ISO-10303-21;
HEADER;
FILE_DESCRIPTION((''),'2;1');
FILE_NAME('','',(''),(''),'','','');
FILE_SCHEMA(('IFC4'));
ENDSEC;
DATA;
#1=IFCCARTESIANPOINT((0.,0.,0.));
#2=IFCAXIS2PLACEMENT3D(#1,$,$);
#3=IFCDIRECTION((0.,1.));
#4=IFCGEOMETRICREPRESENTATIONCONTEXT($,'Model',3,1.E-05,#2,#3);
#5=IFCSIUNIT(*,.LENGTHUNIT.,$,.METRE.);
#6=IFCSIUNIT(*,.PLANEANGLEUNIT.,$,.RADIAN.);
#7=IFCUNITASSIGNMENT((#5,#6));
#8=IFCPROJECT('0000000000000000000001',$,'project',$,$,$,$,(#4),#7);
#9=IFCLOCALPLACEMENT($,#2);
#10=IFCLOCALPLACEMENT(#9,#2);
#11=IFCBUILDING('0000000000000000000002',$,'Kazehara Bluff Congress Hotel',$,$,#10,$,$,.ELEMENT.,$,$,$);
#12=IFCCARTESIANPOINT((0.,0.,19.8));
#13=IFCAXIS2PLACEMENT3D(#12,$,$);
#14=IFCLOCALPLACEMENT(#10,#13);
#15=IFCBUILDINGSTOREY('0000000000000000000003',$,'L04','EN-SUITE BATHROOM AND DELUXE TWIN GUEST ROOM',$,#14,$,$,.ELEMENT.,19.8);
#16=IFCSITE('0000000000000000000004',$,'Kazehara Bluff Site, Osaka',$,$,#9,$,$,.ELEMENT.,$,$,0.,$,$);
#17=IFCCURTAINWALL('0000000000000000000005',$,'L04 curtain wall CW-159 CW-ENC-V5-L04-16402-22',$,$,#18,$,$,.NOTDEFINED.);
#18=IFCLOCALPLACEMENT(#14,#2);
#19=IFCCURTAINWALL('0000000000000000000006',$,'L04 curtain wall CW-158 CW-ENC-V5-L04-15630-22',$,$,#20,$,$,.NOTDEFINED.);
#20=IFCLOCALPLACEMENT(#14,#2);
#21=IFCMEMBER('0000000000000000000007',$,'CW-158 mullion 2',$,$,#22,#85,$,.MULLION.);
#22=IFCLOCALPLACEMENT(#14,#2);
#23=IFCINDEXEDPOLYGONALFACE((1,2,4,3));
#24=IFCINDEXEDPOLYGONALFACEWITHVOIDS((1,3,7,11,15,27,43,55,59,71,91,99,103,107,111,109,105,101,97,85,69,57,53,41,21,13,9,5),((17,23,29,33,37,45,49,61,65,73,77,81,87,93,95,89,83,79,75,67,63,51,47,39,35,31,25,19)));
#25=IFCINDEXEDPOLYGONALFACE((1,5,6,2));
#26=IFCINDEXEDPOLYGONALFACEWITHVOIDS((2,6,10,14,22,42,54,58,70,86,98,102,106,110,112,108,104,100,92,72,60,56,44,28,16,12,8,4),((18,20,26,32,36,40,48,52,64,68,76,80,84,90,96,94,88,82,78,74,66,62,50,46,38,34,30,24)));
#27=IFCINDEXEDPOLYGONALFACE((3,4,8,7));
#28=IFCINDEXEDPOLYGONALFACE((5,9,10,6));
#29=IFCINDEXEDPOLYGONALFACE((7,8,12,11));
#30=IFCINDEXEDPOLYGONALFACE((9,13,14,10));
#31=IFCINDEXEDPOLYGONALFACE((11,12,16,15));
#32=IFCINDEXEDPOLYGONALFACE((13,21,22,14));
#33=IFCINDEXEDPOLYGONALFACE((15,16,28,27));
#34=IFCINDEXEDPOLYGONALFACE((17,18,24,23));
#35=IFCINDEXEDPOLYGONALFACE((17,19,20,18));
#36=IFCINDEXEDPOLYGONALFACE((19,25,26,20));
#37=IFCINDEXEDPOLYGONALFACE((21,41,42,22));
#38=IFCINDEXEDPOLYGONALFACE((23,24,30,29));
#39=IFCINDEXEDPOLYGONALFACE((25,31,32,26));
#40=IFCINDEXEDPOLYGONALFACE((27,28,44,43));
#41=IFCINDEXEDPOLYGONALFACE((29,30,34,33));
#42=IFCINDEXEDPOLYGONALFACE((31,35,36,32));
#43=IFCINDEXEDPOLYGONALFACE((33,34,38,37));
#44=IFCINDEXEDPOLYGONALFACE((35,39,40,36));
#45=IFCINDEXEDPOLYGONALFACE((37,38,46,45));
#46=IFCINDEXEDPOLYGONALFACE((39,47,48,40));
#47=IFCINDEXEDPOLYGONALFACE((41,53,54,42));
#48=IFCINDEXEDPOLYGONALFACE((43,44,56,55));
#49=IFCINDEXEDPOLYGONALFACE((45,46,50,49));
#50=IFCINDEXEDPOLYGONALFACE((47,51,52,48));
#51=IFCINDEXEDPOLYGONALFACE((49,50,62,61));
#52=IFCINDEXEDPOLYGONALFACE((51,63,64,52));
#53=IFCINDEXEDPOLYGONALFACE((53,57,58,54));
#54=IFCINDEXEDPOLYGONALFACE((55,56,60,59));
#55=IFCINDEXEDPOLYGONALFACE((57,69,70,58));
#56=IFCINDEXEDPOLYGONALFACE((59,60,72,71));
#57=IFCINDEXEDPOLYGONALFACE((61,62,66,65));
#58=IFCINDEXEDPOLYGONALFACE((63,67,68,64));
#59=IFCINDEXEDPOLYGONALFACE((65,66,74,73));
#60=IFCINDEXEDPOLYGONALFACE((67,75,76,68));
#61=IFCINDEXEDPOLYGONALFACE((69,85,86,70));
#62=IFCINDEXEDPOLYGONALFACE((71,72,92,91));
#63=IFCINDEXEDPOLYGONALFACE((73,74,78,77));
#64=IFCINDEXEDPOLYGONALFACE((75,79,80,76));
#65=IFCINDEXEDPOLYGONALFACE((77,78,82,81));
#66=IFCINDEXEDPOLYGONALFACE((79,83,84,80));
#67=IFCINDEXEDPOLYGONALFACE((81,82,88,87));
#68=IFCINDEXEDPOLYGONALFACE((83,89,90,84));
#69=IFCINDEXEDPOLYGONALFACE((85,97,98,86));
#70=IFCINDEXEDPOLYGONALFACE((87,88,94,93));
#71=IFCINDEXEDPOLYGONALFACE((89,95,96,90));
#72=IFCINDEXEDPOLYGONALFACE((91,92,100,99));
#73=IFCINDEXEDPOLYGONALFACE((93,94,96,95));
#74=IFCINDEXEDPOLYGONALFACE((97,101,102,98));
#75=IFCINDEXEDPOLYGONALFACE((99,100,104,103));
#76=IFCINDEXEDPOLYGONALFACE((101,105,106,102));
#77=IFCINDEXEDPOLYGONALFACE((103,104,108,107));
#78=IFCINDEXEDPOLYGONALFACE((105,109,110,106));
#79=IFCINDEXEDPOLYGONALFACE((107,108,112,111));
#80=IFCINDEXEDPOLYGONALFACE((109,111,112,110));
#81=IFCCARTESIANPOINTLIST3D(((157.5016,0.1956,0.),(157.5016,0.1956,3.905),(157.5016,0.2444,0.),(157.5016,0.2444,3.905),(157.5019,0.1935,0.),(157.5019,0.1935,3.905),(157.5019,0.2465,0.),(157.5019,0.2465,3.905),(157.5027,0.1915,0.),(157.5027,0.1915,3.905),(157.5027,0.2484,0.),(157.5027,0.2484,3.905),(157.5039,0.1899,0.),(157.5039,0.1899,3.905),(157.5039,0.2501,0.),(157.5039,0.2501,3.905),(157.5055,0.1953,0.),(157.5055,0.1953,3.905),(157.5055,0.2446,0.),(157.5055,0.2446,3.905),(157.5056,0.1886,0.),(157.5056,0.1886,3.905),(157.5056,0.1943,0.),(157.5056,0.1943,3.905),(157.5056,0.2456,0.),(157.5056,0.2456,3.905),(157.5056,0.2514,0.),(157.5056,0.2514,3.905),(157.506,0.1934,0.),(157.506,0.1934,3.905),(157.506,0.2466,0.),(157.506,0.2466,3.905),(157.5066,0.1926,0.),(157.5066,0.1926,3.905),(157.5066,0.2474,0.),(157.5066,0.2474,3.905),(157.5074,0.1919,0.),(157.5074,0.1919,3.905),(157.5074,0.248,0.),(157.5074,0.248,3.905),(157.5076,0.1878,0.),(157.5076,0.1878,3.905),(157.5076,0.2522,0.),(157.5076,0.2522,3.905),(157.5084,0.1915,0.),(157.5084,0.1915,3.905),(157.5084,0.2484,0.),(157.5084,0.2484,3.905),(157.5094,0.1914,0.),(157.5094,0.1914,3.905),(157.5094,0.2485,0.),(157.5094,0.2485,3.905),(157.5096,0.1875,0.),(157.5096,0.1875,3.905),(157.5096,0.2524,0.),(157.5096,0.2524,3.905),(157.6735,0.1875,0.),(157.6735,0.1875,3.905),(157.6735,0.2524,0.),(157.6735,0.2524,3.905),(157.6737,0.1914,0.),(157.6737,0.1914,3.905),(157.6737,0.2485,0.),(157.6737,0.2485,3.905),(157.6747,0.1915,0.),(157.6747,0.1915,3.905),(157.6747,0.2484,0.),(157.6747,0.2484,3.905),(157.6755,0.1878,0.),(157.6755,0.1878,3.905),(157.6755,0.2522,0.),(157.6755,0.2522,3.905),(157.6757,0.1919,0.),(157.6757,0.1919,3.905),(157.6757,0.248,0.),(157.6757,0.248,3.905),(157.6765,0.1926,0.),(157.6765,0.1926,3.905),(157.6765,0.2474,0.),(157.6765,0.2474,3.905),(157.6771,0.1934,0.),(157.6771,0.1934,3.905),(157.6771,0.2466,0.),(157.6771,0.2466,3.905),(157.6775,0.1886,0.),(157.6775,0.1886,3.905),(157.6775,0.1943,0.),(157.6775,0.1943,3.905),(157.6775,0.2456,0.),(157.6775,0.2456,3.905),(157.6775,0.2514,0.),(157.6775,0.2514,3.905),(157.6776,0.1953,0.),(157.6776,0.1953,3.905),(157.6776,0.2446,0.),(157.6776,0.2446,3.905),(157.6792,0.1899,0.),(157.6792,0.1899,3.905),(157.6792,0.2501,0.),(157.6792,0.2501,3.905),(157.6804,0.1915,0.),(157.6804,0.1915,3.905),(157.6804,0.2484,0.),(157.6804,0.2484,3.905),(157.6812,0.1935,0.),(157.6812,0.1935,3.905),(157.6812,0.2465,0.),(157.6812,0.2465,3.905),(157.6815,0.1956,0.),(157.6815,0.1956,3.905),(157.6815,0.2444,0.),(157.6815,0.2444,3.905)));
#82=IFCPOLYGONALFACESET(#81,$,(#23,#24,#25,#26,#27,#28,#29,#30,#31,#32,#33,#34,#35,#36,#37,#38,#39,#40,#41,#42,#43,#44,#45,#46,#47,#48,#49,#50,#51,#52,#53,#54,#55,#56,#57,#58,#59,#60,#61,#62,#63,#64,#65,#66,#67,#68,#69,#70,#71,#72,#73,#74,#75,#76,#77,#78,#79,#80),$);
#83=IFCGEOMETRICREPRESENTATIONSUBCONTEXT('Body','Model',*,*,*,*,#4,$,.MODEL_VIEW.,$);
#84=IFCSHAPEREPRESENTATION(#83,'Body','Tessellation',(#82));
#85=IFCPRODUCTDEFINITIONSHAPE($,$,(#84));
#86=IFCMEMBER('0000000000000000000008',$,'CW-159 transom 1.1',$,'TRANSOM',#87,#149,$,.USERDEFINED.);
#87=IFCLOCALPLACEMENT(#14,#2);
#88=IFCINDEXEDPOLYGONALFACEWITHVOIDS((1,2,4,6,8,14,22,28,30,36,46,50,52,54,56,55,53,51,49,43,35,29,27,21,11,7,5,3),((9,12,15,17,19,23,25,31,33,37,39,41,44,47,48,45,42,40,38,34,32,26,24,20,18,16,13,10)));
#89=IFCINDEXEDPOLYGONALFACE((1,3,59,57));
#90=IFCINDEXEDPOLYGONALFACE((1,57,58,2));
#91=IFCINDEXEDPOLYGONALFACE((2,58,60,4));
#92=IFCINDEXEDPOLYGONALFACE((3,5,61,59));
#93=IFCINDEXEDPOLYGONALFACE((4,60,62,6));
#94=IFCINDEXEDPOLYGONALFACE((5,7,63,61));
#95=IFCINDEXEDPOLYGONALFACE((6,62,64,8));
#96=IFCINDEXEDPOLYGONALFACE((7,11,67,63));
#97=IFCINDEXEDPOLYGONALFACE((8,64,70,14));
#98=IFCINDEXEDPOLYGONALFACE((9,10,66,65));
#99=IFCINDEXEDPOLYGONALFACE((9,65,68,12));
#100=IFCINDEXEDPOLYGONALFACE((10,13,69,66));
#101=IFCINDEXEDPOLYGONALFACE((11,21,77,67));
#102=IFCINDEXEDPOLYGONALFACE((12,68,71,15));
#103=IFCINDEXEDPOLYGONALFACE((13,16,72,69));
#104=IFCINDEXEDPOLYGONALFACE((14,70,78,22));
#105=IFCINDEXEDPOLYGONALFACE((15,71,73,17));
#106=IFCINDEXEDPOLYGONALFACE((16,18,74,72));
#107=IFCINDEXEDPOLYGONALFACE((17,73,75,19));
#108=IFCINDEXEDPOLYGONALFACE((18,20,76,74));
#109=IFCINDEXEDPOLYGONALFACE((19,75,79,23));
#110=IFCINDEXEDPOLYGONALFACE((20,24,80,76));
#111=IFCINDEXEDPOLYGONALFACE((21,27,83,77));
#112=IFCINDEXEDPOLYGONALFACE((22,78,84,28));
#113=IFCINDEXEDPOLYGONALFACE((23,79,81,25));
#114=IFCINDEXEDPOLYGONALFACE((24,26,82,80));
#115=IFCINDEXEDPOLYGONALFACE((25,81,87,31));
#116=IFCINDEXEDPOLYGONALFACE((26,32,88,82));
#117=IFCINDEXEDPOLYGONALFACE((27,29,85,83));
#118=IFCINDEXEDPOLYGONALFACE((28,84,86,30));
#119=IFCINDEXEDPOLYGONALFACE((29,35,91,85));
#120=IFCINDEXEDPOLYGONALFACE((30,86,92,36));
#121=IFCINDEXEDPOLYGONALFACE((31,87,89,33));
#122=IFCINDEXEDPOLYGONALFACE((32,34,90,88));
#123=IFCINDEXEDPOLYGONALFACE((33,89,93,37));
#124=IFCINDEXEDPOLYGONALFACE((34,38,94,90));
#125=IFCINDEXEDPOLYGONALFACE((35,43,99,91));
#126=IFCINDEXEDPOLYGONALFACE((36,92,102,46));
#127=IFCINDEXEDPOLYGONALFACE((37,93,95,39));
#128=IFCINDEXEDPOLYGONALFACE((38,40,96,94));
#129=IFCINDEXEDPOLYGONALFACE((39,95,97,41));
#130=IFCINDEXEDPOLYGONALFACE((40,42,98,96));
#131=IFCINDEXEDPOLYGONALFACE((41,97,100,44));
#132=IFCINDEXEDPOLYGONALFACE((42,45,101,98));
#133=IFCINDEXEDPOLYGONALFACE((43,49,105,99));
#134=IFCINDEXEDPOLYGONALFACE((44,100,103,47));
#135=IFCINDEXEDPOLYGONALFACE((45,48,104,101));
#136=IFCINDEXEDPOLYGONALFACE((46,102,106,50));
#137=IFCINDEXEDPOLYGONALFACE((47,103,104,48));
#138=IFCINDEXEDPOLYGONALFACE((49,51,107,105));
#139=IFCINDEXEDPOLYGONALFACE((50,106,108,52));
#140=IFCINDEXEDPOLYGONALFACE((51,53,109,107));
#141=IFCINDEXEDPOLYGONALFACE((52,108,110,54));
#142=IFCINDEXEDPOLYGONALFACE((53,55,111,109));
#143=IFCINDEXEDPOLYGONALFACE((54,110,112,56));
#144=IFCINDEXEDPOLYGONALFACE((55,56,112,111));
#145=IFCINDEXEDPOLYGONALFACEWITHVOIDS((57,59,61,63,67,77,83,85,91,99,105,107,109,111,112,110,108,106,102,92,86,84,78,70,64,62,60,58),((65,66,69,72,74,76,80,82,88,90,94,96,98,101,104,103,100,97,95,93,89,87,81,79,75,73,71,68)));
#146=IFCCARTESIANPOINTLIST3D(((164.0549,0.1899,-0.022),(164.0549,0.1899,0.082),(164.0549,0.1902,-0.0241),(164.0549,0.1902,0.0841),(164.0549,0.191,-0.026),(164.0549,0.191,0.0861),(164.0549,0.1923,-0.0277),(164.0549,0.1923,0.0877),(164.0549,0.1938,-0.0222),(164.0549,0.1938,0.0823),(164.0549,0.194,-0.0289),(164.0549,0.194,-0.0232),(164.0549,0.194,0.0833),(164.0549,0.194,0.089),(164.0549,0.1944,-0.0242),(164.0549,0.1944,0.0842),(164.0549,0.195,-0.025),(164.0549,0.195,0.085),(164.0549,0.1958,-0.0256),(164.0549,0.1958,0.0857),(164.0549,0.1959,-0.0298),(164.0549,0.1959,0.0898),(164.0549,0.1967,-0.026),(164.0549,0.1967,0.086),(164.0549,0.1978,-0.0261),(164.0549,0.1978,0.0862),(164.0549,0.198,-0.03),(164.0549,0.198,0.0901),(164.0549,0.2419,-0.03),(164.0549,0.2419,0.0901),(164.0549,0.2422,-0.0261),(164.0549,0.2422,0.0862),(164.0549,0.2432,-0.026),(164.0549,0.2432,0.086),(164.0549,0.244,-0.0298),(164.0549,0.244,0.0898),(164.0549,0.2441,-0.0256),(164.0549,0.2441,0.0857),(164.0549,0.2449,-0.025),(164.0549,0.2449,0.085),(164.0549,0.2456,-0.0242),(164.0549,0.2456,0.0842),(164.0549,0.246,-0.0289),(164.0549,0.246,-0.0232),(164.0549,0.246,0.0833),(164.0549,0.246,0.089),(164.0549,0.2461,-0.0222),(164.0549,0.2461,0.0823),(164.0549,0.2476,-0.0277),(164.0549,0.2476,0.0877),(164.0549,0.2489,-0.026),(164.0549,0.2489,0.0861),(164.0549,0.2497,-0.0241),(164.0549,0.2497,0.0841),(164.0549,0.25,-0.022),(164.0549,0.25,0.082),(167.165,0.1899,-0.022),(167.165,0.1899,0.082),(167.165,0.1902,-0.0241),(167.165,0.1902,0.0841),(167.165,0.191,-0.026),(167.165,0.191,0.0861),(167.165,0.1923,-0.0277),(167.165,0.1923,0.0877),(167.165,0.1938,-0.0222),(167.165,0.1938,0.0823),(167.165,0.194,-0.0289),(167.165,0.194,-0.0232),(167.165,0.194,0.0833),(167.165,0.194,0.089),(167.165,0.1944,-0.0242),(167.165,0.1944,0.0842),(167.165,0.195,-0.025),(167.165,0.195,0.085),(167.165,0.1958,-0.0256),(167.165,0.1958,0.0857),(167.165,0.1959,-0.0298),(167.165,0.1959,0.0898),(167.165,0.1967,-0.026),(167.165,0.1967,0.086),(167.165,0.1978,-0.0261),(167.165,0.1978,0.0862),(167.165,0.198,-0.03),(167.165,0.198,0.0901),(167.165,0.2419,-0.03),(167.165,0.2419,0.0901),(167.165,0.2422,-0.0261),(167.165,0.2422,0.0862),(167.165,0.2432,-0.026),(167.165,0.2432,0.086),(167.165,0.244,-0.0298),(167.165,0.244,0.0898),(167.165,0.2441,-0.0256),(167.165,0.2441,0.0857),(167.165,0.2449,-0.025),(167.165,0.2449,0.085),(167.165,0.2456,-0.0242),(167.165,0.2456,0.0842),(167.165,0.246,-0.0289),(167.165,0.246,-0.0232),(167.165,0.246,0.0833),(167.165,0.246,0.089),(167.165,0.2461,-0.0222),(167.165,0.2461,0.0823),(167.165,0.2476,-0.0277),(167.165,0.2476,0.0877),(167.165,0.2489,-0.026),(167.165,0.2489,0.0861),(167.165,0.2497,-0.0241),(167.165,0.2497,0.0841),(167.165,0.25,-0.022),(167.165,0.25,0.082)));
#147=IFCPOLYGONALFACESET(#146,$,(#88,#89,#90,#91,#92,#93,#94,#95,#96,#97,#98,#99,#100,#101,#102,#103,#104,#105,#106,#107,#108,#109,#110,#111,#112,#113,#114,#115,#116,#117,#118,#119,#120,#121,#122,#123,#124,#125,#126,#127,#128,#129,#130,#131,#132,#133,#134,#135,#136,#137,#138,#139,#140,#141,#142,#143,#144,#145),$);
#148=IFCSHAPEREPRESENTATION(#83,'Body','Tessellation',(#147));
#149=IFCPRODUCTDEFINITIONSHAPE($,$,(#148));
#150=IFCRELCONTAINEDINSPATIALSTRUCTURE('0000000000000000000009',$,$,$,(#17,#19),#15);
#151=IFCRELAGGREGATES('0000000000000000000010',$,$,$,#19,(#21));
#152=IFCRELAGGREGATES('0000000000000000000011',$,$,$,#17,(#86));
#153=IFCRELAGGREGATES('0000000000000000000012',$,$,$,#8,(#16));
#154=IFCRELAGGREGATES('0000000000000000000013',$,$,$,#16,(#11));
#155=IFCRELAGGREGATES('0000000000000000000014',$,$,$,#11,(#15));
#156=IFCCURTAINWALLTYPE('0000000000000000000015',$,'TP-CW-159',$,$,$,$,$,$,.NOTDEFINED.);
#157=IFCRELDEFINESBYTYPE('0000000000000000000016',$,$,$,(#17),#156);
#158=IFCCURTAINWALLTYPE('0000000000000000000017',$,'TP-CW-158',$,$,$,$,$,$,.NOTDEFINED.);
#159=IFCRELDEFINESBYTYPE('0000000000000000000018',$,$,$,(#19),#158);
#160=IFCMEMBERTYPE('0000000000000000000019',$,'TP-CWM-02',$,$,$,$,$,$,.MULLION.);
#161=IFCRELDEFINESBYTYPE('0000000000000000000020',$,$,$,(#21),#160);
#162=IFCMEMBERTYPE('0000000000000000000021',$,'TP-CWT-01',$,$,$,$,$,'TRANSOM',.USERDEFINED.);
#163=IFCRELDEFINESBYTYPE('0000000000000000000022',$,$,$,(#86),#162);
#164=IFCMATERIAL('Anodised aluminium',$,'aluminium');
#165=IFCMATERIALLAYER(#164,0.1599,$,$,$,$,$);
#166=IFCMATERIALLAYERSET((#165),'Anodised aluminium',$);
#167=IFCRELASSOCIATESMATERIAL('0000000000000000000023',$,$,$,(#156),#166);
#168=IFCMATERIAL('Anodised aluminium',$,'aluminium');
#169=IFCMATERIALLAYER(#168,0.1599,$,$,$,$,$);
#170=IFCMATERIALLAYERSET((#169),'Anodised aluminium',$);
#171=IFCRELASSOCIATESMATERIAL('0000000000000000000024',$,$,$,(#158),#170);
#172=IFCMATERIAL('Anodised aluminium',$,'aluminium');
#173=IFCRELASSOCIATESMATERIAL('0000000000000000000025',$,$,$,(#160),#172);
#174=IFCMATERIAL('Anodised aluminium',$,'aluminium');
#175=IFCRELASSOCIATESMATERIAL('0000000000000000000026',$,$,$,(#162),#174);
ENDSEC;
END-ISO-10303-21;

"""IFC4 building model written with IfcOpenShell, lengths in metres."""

from ifc_helpers import new_model, si_unit, direction, frame, origin, origin_2d, place, context, subcontext, project, spatial, hollow_rectangle, extrude, material, layer, layer_set, material_profile, profile_set, type_object, element, aggregate, save


model = new_model("IFC4")

# Units and contexts
model_context = context("Model", 3, precision=1e-05, world=origin(), true_north=direction((0.0, 1.0)))
body_context = subcontext(model_context, "Body", "Model", "MODEL_VIEW")
ifc_project = project(units=[si_unit("LENGTHUNIT", "METRE"), si_unit("PLANEANGLEUNIT", "RADIAN")], contexts=[model_context])

# Site, building, storey
site_placement = place(None, origin())
site = spatial("IfcSite", under=ifc_project, at=site_placement, Name="Kazehara Bluff Site, Osaka", CompositionType="ELEMENT", RefElevation=0.0)
building_placement = place(site_placement, origin())
building = spatial("IfcBuilding", under=site, at=building_placement, Name="Kazehara Bluff Congress Hotel", CompositionType="ELEMENT")
storey_placement = place(building_placement, frame((0.0, 0.0, 19.8)))
storey = spatial("IfcBuildingStorey", under=building, at=storey_placement, Name="L04", Description="EN-SUITE BATHROOM AND DELUXE TWIN GUEST ROOM", CompositionType="ELEMENT", Elevation=19.8)

# Curtain walls, member
ifc_material_1 = material(Name="Anodised aluminium", Category="aluminium")
ifc_layer_1 = layer(ifc_material_1, 0.1599)
ifc_layer_set_1 = layer_set([ifc_layer_1], Name="Anodised aluminium")
curtain_wall_type_1 = type_object("IfcCurtainWallType", Name="TP-CW-159", PredefinedType="NOTDEFINED", material=ifc_layer_set_1)
curtain_wall_1_placement = place(storey_placement, origin())
curtain_wall_1 = element("IfcCurtainWall", 1, at=curtain_wall_1_placement, inside=storey, type_object=curtain_wall_type_1, Name="L04 curtain wall CW-159 CW-ENC-V5-L04-16402-22", PredefinedType="NOTDEFINED")
ifc_material_2 = material(Name="Anodised aluminium", Category="aluminium")
ifc_layer_2 = layer(ifc_material_2, 0.1599)
ifc_layer_set_2 = layer_set([ifc_layer_2], Name="Anodised aluminium")
curtain_wall_type_2 = type_object("IfcCurtainWallType", Name="TP-CW-158", PredefinedType="NOTDEFINED", material=ifc_layer_set_2)
curtain_wall_2_placement = place(storey_placement, origin())
curtain_wall_2 = element("IfcCurtainWall", 2, at=curtain_wall_2_placement, inside=storey, type_object=curtain_wall_type_2, Name="L04 curtain wall CW-158 CW-ENC-V5-L04-15630-22", PredefinedType="NOTDEFINED")
ifc_material_3 = material(Name="Anodised aluminium", Category="aluminium")
ifc_material_profile_1 = material_profile(ifc_material_3, hollow_rectangle(XDim=0.0649, YDim=0.1799, WallThickness=0.0039, InnerFilletRadius=0.0039, OuterFilletRadius=0.0081, at=origin_2d()))
ifc_profile_set_1 = profile_set([ifc_material_profile_1], Name="Anodised aluminium")
member_type_1 = type_object("IfcMemberType", Name="TP-CWM-02", PredefinedType="MULLION", material=ifc_profile_set_1)
member_1_placement = place(storey_placement, frame((157.5916, 0.22, 0.0), z_axis=(0.0, 0.0, 1.0), x_axis=(0.0, -1.0, 0.0)))
member_1 = element("IfcMember", 3, at=member_1_placement, type_object=member_type_1, Name="CW-158 mullion 2", PredefinedType="MULLION", context=body_context, shape_type="SweptSolid", body=[
    extrude(hollow_rectangle(XDim=0.0649, YDim=0.1799, WallThickness=0.0039, InnerFilletRadius=0.0039, OuterFilletRadius=0.0081, at=origin_2d()), origin(), (0.0, 0.0, 1.0), 3.905),
])

# Member
ifc_material_4 = material(Name="Anodised aluminium", Category="aluminium")
ifc_material_profile_2 = material_profile(ifc_material_4, hollow_rectangle(XDim=0.0601, YDim=0.1201, WallThickness=0.0039, InnerFilletRadius=0.0039, OuterFilletRadius=0.0081, at=origin_2d()))
ifc_profile_set_2 = profile_set([ifc_material_profile_2], Name="Anodised aluminium")
member_type_2 = type_object("IfcMemberType", Name="TP-CWT-01", ElementType="TRANSOM", PredefinedType="USERDEFINED", material=ifc_profile_set_2)
member_2_placement = place(storey_placement, frame((167.165, 0.22, 0.03), z_axis=(-1.0, 0.0, 0.0), x_axis=(0.0, -1.0, 0.0)))
member_2 = element("IfcMember", 4, at=member_2_placement, type_object=member_type_2, Name="CW-159 transom 1.1", ObjectType="TRANSOM", PredefinedType="USERDEFINED", context=body_context, shape_type="SweptSolid", body=[
    extrude(hollow_rectangle(XDim=0.0601, YDim=0.1201, WallThickness=0.0039, InnerFilletRadius=0.0039, OuterFilletRadius=0.0081, at=origin_2d()), origin(), (0.0, 0.0, 1.0), 3.1101),
])

aggregate(curtain_wall_2, [member_1])
aggregate(curtain_wall_1, [member_2])

save(model, "model.ifc")
